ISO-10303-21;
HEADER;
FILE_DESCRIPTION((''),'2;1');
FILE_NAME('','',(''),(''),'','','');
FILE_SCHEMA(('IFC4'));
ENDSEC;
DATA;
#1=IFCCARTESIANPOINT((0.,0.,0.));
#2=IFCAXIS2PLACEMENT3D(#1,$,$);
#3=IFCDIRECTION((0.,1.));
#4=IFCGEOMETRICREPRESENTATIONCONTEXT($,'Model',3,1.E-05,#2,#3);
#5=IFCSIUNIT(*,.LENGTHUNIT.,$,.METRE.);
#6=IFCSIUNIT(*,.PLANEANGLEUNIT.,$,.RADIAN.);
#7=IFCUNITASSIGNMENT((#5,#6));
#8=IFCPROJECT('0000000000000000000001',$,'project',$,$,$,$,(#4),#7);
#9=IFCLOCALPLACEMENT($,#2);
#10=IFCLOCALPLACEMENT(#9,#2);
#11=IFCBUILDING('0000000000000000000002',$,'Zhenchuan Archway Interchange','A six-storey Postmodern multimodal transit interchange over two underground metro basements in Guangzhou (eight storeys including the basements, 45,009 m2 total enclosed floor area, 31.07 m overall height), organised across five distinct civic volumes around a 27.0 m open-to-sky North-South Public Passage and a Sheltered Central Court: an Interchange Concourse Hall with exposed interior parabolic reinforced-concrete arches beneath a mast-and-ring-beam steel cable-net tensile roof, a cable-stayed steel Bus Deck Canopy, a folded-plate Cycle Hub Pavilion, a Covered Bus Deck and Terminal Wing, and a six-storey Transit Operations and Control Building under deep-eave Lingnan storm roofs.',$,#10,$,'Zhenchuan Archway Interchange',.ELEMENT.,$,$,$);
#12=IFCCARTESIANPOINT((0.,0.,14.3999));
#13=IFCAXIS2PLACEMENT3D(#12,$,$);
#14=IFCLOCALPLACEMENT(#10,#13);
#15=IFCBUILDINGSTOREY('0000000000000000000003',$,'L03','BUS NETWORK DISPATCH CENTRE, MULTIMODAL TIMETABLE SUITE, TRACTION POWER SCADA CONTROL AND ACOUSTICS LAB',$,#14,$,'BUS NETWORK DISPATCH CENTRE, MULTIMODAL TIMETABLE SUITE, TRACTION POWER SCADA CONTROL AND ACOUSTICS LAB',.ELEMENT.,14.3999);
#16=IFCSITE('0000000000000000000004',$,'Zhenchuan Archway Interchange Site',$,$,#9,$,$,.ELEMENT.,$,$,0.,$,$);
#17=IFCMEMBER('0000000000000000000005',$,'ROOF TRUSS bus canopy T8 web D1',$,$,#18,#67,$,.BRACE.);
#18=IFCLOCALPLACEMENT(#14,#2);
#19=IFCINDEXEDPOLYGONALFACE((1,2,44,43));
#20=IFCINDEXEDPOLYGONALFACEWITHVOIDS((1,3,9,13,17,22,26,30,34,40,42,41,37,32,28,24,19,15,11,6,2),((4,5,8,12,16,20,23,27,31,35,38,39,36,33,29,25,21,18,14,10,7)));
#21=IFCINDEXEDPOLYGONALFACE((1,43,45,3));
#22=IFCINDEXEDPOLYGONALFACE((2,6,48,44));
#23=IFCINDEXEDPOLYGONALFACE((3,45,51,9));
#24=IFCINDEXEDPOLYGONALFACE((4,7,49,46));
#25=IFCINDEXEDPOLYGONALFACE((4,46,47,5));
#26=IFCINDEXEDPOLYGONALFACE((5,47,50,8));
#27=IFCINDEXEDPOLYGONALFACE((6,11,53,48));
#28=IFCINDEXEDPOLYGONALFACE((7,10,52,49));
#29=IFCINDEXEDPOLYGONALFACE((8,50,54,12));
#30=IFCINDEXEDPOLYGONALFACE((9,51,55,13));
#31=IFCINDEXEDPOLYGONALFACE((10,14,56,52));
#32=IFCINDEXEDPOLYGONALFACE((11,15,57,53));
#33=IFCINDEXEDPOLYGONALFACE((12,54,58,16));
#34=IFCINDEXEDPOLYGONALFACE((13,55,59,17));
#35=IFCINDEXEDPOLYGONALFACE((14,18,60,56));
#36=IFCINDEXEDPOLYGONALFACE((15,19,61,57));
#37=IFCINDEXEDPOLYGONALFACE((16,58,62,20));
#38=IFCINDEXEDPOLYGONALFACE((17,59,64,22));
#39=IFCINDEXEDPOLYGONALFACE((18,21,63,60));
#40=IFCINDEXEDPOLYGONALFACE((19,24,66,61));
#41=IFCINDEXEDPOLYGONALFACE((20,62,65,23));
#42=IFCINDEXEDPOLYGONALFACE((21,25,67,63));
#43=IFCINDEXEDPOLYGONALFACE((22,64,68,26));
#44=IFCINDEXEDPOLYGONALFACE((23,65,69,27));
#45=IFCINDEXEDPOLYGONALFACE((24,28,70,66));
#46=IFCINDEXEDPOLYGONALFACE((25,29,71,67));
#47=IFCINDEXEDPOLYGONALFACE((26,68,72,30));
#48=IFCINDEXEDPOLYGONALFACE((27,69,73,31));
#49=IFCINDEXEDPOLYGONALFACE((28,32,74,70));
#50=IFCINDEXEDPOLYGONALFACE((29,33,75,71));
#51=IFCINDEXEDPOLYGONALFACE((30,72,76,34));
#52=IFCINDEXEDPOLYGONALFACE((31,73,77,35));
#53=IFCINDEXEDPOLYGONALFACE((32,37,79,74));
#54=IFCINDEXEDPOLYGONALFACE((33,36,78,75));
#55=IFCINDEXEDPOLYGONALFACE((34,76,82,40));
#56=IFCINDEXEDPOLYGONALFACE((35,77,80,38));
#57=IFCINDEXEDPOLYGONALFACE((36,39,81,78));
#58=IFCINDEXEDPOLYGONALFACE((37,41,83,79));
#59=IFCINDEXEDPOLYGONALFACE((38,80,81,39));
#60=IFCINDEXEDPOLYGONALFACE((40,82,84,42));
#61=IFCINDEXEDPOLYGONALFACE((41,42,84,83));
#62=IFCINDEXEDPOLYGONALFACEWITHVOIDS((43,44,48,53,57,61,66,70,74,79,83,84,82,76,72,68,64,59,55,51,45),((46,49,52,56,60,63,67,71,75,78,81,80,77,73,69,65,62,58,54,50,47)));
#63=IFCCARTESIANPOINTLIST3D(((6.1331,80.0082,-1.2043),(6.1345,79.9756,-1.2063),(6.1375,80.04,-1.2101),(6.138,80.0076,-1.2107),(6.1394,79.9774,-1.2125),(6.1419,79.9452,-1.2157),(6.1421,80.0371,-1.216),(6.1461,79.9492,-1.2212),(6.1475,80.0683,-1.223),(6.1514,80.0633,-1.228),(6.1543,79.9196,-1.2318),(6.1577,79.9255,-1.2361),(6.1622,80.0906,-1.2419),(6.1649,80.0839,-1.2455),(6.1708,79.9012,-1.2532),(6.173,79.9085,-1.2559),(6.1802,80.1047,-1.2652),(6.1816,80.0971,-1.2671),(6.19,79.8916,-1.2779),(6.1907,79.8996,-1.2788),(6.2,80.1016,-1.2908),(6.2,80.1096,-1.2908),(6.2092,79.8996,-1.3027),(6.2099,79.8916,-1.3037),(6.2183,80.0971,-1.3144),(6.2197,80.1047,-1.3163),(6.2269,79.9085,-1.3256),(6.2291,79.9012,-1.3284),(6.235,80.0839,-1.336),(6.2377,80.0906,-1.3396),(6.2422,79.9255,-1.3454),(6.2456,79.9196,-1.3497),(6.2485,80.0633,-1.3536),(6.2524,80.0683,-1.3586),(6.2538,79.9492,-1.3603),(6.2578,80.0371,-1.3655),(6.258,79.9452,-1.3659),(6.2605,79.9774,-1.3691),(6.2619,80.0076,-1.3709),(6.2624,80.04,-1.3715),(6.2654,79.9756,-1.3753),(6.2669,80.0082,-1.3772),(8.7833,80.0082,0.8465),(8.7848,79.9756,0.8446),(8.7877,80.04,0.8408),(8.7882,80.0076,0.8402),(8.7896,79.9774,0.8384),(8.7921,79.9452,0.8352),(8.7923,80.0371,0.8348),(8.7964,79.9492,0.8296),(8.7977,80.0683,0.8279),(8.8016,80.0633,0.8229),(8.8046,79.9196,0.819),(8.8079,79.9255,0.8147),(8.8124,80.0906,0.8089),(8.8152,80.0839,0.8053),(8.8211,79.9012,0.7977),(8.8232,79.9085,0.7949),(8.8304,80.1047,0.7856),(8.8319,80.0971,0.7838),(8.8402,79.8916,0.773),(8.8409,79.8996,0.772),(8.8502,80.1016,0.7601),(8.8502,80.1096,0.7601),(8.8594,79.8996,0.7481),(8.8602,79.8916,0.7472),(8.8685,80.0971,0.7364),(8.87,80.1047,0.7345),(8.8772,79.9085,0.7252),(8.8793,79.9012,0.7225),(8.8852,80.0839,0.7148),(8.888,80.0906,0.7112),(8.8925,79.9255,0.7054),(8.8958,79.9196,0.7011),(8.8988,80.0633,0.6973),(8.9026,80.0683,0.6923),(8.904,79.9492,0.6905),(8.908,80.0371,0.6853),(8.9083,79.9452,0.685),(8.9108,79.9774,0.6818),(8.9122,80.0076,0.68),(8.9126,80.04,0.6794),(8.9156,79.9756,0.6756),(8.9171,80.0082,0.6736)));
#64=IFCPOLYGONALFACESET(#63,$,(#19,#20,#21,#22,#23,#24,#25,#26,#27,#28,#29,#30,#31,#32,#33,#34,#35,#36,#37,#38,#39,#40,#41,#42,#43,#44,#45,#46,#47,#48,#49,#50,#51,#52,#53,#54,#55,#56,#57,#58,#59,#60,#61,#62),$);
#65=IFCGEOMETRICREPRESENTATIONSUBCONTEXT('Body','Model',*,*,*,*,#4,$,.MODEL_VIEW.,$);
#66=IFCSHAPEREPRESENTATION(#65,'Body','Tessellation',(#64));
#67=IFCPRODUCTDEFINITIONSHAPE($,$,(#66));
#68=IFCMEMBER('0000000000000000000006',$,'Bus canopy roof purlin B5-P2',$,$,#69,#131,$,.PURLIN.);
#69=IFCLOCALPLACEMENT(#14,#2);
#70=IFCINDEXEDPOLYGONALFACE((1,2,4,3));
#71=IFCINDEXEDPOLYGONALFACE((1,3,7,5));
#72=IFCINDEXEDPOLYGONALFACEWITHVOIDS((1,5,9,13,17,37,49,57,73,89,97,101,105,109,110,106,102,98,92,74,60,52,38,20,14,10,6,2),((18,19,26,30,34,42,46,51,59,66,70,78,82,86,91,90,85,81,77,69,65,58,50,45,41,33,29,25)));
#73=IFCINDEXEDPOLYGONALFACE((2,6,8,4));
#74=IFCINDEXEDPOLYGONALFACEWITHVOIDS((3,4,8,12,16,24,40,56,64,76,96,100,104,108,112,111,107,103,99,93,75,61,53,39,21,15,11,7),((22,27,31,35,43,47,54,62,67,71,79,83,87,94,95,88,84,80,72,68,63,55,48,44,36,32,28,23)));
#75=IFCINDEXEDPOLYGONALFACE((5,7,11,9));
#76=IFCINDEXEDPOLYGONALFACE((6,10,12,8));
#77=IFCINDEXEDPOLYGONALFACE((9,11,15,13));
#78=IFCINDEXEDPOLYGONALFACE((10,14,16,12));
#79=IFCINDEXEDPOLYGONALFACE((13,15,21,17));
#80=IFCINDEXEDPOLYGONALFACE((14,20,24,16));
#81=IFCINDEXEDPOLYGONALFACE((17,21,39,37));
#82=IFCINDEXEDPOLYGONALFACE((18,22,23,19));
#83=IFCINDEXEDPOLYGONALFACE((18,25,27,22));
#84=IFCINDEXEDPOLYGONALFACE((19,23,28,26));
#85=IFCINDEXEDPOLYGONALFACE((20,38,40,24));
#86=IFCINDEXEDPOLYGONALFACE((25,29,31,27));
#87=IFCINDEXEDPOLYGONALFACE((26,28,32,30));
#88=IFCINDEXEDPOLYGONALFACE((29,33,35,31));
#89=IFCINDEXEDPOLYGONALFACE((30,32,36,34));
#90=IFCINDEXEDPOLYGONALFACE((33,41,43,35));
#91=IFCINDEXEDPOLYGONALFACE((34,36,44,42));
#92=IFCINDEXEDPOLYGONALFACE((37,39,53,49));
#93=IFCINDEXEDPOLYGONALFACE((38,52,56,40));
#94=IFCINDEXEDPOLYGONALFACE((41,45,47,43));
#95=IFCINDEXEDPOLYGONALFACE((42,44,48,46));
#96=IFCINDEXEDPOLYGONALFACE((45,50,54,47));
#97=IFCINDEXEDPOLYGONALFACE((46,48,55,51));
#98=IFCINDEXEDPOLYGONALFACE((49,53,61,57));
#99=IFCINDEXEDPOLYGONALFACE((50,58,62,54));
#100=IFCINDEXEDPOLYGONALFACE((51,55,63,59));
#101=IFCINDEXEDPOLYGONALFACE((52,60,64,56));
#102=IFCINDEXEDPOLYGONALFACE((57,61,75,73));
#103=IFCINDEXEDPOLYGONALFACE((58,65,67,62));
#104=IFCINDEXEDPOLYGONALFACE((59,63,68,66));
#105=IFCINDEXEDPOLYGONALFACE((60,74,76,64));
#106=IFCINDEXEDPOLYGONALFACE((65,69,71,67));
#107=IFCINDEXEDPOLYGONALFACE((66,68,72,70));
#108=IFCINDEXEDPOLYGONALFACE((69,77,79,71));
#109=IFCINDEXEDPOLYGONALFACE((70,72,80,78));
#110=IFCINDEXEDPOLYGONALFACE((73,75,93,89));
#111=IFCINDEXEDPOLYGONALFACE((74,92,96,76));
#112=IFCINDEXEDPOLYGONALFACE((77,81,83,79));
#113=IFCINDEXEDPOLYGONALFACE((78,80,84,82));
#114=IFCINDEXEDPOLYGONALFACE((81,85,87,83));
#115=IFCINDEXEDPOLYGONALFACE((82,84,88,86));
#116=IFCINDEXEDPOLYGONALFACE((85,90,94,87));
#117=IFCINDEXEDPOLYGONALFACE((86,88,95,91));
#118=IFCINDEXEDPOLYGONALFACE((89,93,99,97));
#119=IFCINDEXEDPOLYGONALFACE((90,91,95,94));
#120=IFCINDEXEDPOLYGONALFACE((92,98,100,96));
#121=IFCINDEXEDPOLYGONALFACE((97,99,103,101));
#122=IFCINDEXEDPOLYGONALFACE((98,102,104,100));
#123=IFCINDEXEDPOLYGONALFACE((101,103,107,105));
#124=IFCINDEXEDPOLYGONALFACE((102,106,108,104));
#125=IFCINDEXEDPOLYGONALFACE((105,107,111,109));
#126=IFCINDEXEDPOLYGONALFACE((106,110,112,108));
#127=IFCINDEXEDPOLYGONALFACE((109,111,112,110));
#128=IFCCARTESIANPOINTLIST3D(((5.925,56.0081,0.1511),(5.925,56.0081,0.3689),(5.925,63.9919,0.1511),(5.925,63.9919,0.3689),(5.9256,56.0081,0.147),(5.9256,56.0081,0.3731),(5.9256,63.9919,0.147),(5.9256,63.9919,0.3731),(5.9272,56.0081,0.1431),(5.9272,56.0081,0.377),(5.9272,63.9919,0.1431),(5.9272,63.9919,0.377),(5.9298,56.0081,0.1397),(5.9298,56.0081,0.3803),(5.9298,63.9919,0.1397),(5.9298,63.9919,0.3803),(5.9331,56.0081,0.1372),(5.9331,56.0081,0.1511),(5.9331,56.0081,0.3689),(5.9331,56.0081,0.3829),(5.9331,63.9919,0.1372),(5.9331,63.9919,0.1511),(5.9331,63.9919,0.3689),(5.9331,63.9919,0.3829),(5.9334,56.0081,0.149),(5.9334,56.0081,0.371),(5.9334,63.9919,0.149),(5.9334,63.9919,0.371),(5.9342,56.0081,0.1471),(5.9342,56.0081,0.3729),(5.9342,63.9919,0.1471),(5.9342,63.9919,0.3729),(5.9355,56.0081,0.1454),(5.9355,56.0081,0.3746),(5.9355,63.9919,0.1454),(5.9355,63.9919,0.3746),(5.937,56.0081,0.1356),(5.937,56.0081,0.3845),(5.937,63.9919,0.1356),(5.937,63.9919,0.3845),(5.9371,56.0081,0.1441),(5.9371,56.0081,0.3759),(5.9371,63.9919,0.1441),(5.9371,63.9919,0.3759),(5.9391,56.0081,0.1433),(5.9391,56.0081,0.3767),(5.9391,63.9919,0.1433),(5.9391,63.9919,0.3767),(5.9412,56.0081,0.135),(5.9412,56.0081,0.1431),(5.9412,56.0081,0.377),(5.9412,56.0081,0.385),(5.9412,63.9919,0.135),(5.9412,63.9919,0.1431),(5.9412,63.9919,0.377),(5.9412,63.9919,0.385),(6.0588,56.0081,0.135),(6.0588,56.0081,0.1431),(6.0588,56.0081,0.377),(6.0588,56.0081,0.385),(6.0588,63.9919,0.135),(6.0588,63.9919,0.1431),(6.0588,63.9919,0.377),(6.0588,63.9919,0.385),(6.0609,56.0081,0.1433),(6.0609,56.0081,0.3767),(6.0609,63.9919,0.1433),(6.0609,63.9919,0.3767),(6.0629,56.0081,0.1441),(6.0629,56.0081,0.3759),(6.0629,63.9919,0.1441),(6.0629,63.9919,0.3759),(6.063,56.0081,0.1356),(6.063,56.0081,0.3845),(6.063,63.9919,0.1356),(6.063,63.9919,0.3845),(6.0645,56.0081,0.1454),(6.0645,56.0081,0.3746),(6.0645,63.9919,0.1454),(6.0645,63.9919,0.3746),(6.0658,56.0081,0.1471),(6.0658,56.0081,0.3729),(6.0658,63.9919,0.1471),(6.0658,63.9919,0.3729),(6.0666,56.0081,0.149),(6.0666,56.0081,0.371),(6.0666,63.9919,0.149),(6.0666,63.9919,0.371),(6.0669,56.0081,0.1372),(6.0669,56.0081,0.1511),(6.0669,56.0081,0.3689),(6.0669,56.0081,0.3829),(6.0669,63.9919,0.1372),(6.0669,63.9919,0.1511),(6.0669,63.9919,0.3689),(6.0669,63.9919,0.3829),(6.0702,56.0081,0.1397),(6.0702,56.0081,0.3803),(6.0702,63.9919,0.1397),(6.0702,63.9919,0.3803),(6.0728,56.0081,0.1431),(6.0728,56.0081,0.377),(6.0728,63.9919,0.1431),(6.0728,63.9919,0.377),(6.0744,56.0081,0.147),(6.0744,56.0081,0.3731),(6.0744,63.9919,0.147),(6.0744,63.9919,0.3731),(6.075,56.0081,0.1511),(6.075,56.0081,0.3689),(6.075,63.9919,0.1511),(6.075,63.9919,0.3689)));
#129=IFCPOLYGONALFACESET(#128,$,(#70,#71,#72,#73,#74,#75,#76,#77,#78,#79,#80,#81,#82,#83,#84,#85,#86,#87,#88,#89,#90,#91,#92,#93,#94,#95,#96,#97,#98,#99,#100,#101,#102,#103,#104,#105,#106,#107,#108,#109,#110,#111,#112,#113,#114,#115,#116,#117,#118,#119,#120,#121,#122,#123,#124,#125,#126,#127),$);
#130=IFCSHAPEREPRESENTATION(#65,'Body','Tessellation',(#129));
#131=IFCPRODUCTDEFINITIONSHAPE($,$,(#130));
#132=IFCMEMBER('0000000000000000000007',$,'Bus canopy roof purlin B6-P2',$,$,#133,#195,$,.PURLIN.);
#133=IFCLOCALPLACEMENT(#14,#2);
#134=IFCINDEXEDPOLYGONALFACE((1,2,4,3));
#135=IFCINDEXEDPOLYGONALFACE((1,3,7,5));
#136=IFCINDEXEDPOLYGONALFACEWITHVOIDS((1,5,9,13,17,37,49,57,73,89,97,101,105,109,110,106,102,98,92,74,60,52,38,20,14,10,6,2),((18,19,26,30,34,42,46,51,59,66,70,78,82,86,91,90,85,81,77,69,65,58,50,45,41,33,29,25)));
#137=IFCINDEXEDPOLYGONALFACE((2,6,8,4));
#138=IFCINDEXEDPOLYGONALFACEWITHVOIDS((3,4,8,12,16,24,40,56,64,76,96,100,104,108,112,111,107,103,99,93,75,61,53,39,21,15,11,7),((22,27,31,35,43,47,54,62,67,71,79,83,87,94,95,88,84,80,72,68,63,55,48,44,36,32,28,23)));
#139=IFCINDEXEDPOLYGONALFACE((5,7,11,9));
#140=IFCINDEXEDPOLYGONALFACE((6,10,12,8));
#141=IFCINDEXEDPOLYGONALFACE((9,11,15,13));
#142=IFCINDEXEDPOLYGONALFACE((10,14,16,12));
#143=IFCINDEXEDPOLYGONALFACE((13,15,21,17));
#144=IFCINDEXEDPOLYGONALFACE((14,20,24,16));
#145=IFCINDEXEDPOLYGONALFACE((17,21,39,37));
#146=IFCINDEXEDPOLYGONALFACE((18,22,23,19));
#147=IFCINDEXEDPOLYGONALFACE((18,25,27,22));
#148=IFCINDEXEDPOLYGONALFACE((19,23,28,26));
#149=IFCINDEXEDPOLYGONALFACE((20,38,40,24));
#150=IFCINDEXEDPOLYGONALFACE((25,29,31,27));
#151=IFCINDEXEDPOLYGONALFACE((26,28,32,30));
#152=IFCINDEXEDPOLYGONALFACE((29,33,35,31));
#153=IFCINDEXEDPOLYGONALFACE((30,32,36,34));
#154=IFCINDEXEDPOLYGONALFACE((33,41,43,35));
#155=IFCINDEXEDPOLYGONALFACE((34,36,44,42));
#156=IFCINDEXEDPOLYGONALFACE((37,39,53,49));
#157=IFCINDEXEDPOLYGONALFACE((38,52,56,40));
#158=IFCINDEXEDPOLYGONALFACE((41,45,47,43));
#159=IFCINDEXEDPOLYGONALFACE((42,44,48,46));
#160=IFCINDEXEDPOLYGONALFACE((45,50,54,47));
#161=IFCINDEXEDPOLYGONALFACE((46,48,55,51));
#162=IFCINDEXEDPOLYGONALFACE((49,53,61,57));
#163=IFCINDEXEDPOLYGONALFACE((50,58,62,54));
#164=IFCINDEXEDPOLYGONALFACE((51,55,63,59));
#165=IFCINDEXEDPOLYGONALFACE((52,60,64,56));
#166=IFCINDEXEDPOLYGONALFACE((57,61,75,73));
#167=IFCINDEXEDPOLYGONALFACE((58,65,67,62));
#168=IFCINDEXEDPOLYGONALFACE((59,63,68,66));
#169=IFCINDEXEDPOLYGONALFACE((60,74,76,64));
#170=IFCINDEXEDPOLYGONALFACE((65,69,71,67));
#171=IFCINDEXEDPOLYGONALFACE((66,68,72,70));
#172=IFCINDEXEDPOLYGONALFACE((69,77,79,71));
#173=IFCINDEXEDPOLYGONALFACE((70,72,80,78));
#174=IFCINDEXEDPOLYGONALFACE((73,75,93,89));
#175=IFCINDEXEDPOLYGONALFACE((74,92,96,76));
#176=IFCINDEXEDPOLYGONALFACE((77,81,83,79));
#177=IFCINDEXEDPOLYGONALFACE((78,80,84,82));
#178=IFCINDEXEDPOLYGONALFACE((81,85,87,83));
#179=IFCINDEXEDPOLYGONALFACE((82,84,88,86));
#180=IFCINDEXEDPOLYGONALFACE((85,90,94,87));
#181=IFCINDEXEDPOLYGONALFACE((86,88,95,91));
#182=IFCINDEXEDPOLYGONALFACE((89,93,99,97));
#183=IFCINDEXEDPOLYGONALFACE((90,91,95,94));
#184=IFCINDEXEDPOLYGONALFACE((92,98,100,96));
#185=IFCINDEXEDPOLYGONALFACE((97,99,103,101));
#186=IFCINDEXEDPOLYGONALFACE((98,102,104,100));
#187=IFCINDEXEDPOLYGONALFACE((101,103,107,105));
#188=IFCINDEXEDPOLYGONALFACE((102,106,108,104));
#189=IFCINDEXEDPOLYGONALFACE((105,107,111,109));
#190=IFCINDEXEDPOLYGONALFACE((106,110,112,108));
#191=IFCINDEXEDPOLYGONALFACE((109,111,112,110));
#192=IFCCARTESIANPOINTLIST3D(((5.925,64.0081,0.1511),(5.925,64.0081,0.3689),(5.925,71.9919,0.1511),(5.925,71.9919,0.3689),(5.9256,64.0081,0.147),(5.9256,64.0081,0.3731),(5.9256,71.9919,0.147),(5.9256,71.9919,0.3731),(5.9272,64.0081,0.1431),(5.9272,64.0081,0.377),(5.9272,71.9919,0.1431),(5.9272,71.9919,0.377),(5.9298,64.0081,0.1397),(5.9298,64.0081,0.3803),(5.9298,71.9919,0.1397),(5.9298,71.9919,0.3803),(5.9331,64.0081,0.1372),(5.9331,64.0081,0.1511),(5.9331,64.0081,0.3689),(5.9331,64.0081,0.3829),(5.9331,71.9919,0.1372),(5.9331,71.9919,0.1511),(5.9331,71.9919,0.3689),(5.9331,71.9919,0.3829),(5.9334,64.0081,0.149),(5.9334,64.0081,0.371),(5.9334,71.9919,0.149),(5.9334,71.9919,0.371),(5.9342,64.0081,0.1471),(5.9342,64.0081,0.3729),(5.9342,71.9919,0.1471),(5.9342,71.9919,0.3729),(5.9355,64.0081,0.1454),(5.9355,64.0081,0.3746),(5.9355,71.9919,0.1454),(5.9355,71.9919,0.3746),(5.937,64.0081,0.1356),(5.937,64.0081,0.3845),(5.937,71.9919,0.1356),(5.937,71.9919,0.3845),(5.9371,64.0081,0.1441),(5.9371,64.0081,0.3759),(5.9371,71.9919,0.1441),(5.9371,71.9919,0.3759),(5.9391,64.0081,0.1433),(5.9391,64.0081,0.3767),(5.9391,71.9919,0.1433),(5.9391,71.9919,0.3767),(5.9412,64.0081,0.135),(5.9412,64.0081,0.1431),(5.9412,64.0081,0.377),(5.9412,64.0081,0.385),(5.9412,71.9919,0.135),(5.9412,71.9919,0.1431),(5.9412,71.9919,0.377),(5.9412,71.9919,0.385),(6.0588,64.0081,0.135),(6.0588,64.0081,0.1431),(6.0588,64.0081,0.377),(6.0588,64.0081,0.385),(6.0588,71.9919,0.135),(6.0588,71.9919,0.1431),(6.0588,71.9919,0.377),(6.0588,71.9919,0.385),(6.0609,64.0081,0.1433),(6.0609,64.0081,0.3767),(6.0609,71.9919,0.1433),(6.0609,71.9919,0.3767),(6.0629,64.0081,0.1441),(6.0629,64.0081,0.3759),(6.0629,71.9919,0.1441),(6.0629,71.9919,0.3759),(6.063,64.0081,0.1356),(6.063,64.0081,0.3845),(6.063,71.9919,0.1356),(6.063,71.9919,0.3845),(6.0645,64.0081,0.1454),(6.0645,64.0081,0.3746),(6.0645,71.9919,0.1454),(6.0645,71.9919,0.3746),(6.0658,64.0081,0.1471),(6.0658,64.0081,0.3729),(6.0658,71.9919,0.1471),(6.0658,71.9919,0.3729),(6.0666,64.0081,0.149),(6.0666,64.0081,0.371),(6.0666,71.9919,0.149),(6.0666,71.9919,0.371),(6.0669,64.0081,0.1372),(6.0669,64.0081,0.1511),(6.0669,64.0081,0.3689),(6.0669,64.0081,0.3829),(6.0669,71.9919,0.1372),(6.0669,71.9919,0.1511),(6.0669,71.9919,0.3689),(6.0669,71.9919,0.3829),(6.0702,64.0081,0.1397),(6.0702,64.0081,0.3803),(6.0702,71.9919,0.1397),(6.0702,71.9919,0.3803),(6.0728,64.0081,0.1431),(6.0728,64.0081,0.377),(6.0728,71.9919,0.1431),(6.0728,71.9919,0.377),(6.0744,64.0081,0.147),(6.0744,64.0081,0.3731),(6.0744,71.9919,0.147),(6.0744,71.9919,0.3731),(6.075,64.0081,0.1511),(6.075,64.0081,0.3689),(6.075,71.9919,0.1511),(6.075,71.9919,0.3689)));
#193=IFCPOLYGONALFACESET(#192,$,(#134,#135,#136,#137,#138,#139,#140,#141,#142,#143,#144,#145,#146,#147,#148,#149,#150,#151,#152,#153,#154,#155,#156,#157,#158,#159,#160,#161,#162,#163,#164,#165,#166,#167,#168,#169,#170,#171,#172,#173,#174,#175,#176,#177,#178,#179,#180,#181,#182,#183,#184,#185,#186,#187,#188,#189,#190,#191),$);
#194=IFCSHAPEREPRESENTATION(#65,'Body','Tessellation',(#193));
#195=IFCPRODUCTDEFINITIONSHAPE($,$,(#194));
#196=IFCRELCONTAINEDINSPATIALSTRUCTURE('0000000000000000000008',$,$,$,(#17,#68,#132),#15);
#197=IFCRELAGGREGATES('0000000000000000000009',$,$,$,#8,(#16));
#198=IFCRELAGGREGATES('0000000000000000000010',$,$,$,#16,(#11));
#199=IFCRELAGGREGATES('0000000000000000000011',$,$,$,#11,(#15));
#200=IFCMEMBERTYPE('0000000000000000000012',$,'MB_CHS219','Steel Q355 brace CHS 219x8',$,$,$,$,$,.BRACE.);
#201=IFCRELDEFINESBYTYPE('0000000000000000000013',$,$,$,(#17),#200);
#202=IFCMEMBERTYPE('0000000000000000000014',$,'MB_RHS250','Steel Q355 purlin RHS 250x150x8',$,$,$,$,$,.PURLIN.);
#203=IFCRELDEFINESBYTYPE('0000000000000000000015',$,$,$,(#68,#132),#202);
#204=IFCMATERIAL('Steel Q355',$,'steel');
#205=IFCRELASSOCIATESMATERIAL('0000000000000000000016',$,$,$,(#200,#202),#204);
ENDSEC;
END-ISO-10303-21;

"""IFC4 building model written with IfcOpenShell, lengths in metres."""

from ifc_helpers import new_model, si_unit, direction, frame, origin, origin_2d, place, context, subcontext, project, spatial, hollow_rectangle, hollow_circle, extrude, material, material_profile, profile_set, type_object, element, save


model = new_model("IFC4")

# Units and contexts
model_context = context("Model", 3, precision=1e-05, world=origin(), true_north=direction((0.0, 1.0)))
body_context = subcontext(model_context, "Body", "Model", "MODEL_VIEW")
ifc_project = project(units=[si_unit("LENGTHUNIT", "METRE"), si_unit("PLANEANGLEUNIT", "RADIAN")], contexts=[model_context])

# Site, building, storey
site_placement = place(None, origin())
site = spatial("IfcSite", under=ifc_project, at=site_placement, Name="Zhenchuan Archway Interchange Site", CompositionType="ELEMENT", RefElevation=0.0)
building_placement = place(site_placement, origin())
building = spatial("IfcBuilding", under=site, at=building_placement, Name="Zhenchuan Archway Interchange", Description="A six-storey Postmodern multimodal transit interchange over two underground metro basements in Guangzhou (eight storeys including the basements, 45,009 m2 total enclosed floor area, 31.07 m overall height), organised across five distinct civic volumes around a 27.0 m open-to-sky North-South Public Passage and a Sheltered Central Court: an Interchange Concourse Hall with exposed interior parabolic reinforced-concrete arches beneath a mast-and-ring-beam steel cable-net tensile roof, a cable-stayed steel Bus Deck Canopy, a folded-plate Cycle Hub Pavilion, a Covered Bus Deck and Terminal Wing, and a six-storey Transit Operations and Control Building under deep-eave Lingnan storm roofs.", LongName="Zhenchuan Archway Interchange", CompositionType="ELEMENT")
storey_placement = place(building_placement, frame((0.0, 0.0, 14.3999)))
storey = spatial("IfcBuildingStorey", under=building, at=storey_placement, Name="L03", Description="BUS NETWORK DISPATCH CENTRE, MULTIMODAL TIMETABLE SUITE, TRACTION POWER SCADA CONTROL AND ACOUSTICS LAB", LongName="BUS NETWORK DISPATCH CENTRE, MULTIMODAL TIMETABLE SUITE, TRACTION POWER SCADA CONTROL AND ACOUSTICS LAB", CompositionType="ELEMENT", Elevation=14.3999)

# Shared definitions
ifc_material_1 = material(Name="Steel Q355", Category="steel")

# Members
ifc_material_profile_1 = material_profile(ifc_material_1, hollow_circle(Radius=0.1096, WallThickness=0.0081, at=origin_2d()), Name="CHS 219x8")
ifc_profile_set_1 = profile_set([ifc_material_profile_1], Name="Steel Q355")
member_type_1 = type_object("IfcMemberType", Name="MB_CHS219", Description="Steel Q355 brace CHS 219x8", PredefinedType="BRACE", material=ifc_profile_set_1)
member_1_placement = place(storey_placement, frame((6.2, 80.0, -1.2908), z_axis=(0.79086, 0.0, 0.611997), x_axis=(0.0, 1.0, 0.0)))
element("IfcMember", 1, at=member_1_placement, inside=storey, type_object=member_type_1, Name="ROOF TRUSS bus canopy T8 web D1", PredefinedType="BRACE", context=body_context, shape_type="SweptSolid", body=[
    extrude(hollow_circle(Radius=0.1096, WallThickness=0.0081, at=origin_2d()), origin(), (0.0, 0.0, 1.0), 3.3511),
])
ifc_material_profile_2 = material_profile(ifc_material_1, hollow_rectangle(XDim=0.1499, YDim=0.25, WallThickness=0.0081, InnerFilletRadius=0.0081, OuterFilletRadius=0.0161, at=origin_2d()), Name="RHS 250x150x8")
ifc_profile_set_2 = profile_set([ifc_material_profile_2], Name="Steel Q355")
member_type_2 = type_object("IfcMemberType", Name="MB_RHS250", Description="Steel Q355 purlin RHS 250x150x8", PredefinedType="PURLIN", material=ifc_profile_set_2)
for number, where, z_axis, x_axis, name in (
    (2, (6.0, 56.0081, 0.26), (0.0, 1.0, 0.0), (-1.0, 0.0, 0.0), "Bus canopy roof purlin B5-P2"),
    (3, (6.0, 64.0081, 0.26), (0.0, 1.0, 0.0), (-1.0, 0.0, 0.0), "Bus canopy roof purlin B6-P2"),
):
    element("IfcMember", number, at=place(storey_placement, frame(where, z_axis=z_axis, x_axis=x_axis)), inside=storey, type_object=member_type_2, Name=name, PredefinedType="PURLIN", context=body_context, shape_type="SweptSolid", body=[
        extrude(hollow_rectangle(XDim=0.1499, YDim=0.25, WallThickness=0.0081, InnerFilletRadius=0.0081, OuterFilletRadius=0.0161, at=origin_2d()), origin(), (0.0, 0.0, 1.0), 7.9839),
    ])

save(model, "model.ifc")
